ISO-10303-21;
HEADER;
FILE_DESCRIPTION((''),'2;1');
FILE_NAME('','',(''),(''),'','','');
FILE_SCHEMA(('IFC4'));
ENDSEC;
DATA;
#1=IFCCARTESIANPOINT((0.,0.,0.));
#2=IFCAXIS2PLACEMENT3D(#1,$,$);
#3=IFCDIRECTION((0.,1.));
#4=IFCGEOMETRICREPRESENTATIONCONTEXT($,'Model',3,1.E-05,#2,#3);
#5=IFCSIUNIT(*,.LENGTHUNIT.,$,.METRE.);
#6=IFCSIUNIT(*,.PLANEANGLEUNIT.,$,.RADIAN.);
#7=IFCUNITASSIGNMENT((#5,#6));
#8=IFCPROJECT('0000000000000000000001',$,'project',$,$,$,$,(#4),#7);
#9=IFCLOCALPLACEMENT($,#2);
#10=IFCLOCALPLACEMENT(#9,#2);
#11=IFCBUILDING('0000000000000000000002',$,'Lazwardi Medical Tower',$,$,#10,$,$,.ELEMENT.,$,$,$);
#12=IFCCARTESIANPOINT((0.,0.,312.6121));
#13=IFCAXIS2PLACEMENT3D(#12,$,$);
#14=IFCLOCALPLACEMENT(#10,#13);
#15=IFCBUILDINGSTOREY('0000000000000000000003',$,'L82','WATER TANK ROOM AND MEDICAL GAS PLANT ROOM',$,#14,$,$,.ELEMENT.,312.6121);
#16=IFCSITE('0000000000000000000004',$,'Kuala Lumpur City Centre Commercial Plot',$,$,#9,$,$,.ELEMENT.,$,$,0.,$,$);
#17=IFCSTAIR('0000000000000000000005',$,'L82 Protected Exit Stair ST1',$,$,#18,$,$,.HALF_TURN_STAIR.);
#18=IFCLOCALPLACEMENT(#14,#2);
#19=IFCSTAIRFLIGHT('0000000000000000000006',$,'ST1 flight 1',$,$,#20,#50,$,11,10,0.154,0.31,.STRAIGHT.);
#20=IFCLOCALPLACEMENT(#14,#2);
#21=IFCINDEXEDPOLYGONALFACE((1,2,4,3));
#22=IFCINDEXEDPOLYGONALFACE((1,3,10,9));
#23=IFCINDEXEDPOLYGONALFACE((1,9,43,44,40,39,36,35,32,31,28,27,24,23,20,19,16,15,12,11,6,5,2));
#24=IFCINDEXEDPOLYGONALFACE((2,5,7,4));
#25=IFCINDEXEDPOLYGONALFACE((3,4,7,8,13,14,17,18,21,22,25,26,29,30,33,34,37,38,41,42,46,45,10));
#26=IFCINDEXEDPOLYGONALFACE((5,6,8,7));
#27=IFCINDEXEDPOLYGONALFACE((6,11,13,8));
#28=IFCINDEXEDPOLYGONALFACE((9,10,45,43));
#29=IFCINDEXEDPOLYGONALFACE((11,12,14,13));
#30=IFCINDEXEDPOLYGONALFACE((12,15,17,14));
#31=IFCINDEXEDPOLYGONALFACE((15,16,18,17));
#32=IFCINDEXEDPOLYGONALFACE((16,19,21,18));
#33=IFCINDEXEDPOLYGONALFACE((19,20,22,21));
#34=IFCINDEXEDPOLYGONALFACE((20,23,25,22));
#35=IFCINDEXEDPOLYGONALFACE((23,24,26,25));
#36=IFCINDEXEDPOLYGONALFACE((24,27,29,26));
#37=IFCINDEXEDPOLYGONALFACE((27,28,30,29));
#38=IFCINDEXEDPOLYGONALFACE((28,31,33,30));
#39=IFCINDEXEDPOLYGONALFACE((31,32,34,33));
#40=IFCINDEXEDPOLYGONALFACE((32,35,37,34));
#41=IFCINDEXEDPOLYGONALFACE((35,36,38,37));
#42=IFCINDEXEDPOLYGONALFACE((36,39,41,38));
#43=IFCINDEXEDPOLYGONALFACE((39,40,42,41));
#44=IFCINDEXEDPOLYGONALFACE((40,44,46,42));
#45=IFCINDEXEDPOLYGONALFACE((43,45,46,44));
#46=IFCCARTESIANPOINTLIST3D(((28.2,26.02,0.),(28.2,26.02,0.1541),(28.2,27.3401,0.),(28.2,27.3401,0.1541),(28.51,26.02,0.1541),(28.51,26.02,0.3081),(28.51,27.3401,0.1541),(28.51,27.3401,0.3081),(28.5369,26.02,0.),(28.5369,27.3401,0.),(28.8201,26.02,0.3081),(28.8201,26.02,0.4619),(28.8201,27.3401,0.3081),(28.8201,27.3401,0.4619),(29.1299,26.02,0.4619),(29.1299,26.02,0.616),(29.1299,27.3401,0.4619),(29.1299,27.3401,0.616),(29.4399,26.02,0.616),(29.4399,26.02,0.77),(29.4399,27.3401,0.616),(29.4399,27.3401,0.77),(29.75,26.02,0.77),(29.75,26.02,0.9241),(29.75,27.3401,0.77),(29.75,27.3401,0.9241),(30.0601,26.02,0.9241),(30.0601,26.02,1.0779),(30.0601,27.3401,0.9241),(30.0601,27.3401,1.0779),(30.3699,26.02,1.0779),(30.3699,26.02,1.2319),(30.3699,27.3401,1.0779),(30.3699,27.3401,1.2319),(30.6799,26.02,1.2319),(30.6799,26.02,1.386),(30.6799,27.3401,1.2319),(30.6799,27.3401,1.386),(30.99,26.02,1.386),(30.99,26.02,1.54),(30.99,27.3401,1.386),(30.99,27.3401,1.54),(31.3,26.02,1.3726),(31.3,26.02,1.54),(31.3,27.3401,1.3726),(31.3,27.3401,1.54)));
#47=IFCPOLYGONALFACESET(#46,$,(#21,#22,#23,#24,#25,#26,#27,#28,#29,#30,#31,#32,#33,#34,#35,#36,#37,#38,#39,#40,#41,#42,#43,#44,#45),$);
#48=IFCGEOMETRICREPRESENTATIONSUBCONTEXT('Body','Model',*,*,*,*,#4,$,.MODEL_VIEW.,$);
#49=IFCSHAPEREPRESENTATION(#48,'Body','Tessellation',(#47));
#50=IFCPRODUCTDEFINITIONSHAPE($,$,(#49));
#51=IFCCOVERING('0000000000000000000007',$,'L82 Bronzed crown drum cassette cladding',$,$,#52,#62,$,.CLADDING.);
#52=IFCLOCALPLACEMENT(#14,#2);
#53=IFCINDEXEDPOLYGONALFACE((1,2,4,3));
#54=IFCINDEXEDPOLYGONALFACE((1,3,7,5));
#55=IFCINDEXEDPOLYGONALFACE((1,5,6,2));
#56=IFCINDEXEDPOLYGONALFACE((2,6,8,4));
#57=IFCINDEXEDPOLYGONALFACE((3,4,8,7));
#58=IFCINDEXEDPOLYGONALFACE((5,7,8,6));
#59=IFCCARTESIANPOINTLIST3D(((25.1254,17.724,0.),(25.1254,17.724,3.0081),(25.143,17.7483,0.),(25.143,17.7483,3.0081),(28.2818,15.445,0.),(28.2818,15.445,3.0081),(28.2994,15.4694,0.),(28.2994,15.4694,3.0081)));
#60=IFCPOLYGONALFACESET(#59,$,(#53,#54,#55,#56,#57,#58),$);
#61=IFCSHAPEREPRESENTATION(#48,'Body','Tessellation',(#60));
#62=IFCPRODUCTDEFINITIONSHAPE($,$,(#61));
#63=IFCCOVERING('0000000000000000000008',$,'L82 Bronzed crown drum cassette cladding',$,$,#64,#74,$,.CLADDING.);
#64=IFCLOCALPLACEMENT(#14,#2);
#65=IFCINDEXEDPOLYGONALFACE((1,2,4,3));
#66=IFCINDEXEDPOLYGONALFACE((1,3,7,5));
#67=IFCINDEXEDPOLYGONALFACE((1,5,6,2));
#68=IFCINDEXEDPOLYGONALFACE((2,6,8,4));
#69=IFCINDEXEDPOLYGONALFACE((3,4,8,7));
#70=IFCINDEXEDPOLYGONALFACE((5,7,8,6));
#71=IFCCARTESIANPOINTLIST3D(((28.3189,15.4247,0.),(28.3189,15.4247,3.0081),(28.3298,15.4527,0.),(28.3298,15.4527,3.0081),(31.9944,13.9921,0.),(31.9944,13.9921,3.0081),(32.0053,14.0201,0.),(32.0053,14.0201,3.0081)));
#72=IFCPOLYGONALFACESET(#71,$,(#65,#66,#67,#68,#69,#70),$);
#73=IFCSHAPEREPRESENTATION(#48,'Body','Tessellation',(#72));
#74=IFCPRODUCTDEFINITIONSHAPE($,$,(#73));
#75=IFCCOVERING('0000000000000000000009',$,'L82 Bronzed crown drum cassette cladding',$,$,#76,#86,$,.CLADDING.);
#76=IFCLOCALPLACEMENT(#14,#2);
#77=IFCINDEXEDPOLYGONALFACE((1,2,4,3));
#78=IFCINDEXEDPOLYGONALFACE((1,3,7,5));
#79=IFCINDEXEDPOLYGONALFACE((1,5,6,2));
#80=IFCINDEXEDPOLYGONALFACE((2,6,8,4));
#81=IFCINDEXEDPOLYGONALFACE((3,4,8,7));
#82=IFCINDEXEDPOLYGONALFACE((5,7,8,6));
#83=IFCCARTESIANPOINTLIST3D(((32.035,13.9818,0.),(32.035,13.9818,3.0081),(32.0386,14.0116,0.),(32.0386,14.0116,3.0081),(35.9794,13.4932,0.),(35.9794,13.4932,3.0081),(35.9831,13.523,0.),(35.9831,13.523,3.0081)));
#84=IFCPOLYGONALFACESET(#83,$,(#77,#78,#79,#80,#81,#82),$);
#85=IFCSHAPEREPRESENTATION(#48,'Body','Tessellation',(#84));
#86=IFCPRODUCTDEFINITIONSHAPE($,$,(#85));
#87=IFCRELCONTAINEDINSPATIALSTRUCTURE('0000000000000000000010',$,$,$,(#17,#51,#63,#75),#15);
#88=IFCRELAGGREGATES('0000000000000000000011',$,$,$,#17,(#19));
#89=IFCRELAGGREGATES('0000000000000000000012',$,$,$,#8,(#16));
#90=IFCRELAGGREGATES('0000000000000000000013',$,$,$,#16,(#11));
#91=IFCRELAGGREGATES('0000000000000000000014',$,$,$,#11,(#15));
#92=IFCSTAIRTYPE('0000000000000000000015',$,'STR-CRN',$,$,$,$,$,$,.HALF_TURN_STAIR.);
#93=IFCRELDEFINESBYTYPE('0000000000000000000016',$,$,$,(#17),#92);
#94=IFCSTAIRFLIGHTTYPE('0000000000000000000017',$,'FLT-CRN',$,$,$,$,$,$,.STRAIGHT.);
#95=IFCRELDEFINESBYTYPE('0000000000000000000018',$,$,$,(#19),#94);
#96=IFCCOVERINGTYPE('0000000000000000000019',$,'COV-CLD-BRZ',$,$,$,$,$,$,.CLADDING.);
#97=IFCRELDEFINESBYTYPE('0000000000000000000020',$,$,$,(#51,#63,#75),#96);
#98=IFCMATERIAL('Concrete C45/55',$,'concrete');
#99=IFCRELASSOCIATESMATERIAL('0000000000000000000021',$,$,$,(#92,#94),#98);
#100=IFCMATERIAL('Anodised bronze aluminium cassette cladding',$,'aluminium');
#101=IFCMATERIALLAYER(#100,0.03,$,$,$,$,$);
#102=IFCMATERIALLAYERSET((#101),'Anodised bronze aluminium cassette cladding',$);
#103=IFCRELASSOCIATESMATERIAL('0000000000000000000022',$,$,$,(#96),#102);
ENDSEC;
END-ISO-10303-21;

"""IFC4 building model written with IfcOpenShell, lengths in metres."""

from ifc_helpers import new_model, si_unit, direction, frame, origin, origin_2d, place, context, subcontext, project, spatial, polyline, rectangle, outline, extrude, material, layer, layer_set, type_object, element, aggregate, save


model = new_model("IFC4")

# Units and contexts
model_context = context("Model", 3, precision=1e-05, world=origin(), true_north=direction((0.0, 1.0)))
body_context = subcontext(model_context, "Body", "Model", "MODEL_VIEW")
ifc_project = project(units=[si_unit("LENGTHUNIT", "METRE"), si_unit("PLANEANGLEUNIT", "RADIAN")], contexts=[model_context])

# Site, building, storey
site_placement = place(None, origin())
site = spatial("IfcSite", under=ifc_project, at=site_placement, Name="Kuala Lumpur City Centre Commercial Plot", CompositionType="ELEMENT", RefElevation=0.0)
building_placement = place(site_placement, origin())
building = spatial("IfcBuilding", under=site, at=building_placement, Name="Lazwardi Medical Tower", CompositionType="ELEMENT")
storey_placement = place(building_placement, frame((0.0, 0.0, 312.6121)))
storey = spatial("IfcBuildingStorey", under=building, at=storey_placement, Name="L82", Description="WATER TANK ROOM AND MEDICAL GAS PLANT ROOM", CompositionType="ELEMENT", Elevation=312.6121)

# Stair, stair flight
ifc_material_1 = material(Name="Concrete C45/55", Category="concrete")
stair_type = type_object("IfcStairType", Name="STR-CRN", PredefinedType="HALF_TURN_STAIR", material=ifc_material_1)
stair_placement = place(storey_placement, origin())
stair = element("IfcStair", 1, at=stair_placement, inside=storey, type_object=stair_type, Name="L82 Protected Exit Stair ST1", PredefinedType="HALF_TURN_STAIR")
stair_flight_type = type_object("IfcStairFlightType", Name="FLT-CRN", PredefinedType="STRAIGHT", material=ifc_material_1)
stair_flight_placement = place(storey_placement, frame((28.2, 26.6799, 0.0), z_axis=(0.0, 0.0, 1.0), x_axis=(1.0, 0.0, 0.0)))
stair_flight = element("IfcStairFlight", 2, at=stair_flight_placement, type_object=stair_flight_type, Name="ST1 flight 1", NumberOfRisers=11, NumberOfTreads=10, PredefinedType="STRAIGHT", RiserHeight=0.154, TreadLength=0.31, context=body_context, shape_type="SweptSolid", body=[
    extrude(outline(polyline([(0.0, 0.0), (0.0, 0.1541), (0.3101, 0.1541), (0.3101, 0.3081), (0.6201, 0.3081), (0.6201, 0.4619), (0.9299, 0.4619), (0.9299, 0.616), (1.24, 0.616), (1.24, 0.77), (1.55, 0.77), (1.55, 0.9241), (1.8601, 0.9241), (1.8601, 1.0779), (2.1699, 1.0779), (2.1699, 1.2319), (2.48, 1.2319), (2.48, 1.386), (2.79, 1.386), (2.79, 1.54), (3.1001, 1.54), (3.1001, 1.6941), (3.1001, 1.3726), (0.3369, 0.0), (0.0, 0.0)])), frame((0.0, 0.6602, 0.0), z_axis=(0.0, -1.0, 0.0), x_axis=(1.0, 0.0, 0.0)), (0.0, 0.0, 1.0), 1.3201),
])
aggregate(stair, [stair_flight])

# Coverings
ifc_material_2 = material(Name="Anodised bronze aluminium cassette cladding", Category="aluminium")
ifc_layer_1 = layer(ifc_material_2, 0.03)
ifc_layer_set_1 = layer_set([ifc_layer_1], Name="Anodised bronze aluminium cassette cladding")
covering_type = type_object("IfcCoveringType", Name="COV-CLD-BRZ", PredefinedType="CLADDING", material=ifc_layer_set_1)
covering_1_placement = place(storey_placement, frame((26.7124, 16.5967, 0.0), z_axis=(0.0, 0.0, 1.0), x_axis=(0.810758, -0.585381, 0.0)))
element("IfcCovering", 3, at=covering_1_placement, inside=storey, type_object=covering_type, Name="L82 Bronzed crown drum cassette cladding", PredefinedType="CLADDING", context=body_context, shape_type="SweptSolid", body=[
    extrude(rectangle(XDim=3.8931, YDim=0.03, at=origin_2d()), origin(), (0.0, 0.0, 1.0), 3.0081),
])
covering_2_placement = place(storey_placement, frame((30.1621, 14.7224, 0.0), z_axis=(0.0, 0.0, 1.0), x_axis=(0.931731, -0.36315, 0.0)))
element("IfcCovering", 4, at=covering_2_placement, inside=storey, type_object=covering_type, Name="L82 Bronzed crown drum cassette cladding", PredefinedType="CLADDING", context=body_context, shape_type="SweptSolid", body=[
    extrude(rectangle(XDim=3.9448, YDim=0.03, at=origin_2d()), origin(), (0.0, 0.0, 1.0), 3.0081),
])
covering_3_placement = place(storey_placement, frame((34.009, 13.7524, 0.0), z_axis=(0.0, 0.0, 1.0), x_axis=(0.992415, -0.122933, 0.0)))
element("IfcCovering", 5, at=covering_3_placement, inside=storey, type_object=covering_type, Name="L82 Bronzed crown drum cassette cladding", PredefinedType="CLADDING", context=body_context, shape_type="SweptSolid", body=[
    extrude(rectangle(XDim=3.9746, YDim=0.03, at=origin_2d()), origin(), (0.0, 0.0, 1.0), 3.0081),
])

save(model, "model.ifc")
